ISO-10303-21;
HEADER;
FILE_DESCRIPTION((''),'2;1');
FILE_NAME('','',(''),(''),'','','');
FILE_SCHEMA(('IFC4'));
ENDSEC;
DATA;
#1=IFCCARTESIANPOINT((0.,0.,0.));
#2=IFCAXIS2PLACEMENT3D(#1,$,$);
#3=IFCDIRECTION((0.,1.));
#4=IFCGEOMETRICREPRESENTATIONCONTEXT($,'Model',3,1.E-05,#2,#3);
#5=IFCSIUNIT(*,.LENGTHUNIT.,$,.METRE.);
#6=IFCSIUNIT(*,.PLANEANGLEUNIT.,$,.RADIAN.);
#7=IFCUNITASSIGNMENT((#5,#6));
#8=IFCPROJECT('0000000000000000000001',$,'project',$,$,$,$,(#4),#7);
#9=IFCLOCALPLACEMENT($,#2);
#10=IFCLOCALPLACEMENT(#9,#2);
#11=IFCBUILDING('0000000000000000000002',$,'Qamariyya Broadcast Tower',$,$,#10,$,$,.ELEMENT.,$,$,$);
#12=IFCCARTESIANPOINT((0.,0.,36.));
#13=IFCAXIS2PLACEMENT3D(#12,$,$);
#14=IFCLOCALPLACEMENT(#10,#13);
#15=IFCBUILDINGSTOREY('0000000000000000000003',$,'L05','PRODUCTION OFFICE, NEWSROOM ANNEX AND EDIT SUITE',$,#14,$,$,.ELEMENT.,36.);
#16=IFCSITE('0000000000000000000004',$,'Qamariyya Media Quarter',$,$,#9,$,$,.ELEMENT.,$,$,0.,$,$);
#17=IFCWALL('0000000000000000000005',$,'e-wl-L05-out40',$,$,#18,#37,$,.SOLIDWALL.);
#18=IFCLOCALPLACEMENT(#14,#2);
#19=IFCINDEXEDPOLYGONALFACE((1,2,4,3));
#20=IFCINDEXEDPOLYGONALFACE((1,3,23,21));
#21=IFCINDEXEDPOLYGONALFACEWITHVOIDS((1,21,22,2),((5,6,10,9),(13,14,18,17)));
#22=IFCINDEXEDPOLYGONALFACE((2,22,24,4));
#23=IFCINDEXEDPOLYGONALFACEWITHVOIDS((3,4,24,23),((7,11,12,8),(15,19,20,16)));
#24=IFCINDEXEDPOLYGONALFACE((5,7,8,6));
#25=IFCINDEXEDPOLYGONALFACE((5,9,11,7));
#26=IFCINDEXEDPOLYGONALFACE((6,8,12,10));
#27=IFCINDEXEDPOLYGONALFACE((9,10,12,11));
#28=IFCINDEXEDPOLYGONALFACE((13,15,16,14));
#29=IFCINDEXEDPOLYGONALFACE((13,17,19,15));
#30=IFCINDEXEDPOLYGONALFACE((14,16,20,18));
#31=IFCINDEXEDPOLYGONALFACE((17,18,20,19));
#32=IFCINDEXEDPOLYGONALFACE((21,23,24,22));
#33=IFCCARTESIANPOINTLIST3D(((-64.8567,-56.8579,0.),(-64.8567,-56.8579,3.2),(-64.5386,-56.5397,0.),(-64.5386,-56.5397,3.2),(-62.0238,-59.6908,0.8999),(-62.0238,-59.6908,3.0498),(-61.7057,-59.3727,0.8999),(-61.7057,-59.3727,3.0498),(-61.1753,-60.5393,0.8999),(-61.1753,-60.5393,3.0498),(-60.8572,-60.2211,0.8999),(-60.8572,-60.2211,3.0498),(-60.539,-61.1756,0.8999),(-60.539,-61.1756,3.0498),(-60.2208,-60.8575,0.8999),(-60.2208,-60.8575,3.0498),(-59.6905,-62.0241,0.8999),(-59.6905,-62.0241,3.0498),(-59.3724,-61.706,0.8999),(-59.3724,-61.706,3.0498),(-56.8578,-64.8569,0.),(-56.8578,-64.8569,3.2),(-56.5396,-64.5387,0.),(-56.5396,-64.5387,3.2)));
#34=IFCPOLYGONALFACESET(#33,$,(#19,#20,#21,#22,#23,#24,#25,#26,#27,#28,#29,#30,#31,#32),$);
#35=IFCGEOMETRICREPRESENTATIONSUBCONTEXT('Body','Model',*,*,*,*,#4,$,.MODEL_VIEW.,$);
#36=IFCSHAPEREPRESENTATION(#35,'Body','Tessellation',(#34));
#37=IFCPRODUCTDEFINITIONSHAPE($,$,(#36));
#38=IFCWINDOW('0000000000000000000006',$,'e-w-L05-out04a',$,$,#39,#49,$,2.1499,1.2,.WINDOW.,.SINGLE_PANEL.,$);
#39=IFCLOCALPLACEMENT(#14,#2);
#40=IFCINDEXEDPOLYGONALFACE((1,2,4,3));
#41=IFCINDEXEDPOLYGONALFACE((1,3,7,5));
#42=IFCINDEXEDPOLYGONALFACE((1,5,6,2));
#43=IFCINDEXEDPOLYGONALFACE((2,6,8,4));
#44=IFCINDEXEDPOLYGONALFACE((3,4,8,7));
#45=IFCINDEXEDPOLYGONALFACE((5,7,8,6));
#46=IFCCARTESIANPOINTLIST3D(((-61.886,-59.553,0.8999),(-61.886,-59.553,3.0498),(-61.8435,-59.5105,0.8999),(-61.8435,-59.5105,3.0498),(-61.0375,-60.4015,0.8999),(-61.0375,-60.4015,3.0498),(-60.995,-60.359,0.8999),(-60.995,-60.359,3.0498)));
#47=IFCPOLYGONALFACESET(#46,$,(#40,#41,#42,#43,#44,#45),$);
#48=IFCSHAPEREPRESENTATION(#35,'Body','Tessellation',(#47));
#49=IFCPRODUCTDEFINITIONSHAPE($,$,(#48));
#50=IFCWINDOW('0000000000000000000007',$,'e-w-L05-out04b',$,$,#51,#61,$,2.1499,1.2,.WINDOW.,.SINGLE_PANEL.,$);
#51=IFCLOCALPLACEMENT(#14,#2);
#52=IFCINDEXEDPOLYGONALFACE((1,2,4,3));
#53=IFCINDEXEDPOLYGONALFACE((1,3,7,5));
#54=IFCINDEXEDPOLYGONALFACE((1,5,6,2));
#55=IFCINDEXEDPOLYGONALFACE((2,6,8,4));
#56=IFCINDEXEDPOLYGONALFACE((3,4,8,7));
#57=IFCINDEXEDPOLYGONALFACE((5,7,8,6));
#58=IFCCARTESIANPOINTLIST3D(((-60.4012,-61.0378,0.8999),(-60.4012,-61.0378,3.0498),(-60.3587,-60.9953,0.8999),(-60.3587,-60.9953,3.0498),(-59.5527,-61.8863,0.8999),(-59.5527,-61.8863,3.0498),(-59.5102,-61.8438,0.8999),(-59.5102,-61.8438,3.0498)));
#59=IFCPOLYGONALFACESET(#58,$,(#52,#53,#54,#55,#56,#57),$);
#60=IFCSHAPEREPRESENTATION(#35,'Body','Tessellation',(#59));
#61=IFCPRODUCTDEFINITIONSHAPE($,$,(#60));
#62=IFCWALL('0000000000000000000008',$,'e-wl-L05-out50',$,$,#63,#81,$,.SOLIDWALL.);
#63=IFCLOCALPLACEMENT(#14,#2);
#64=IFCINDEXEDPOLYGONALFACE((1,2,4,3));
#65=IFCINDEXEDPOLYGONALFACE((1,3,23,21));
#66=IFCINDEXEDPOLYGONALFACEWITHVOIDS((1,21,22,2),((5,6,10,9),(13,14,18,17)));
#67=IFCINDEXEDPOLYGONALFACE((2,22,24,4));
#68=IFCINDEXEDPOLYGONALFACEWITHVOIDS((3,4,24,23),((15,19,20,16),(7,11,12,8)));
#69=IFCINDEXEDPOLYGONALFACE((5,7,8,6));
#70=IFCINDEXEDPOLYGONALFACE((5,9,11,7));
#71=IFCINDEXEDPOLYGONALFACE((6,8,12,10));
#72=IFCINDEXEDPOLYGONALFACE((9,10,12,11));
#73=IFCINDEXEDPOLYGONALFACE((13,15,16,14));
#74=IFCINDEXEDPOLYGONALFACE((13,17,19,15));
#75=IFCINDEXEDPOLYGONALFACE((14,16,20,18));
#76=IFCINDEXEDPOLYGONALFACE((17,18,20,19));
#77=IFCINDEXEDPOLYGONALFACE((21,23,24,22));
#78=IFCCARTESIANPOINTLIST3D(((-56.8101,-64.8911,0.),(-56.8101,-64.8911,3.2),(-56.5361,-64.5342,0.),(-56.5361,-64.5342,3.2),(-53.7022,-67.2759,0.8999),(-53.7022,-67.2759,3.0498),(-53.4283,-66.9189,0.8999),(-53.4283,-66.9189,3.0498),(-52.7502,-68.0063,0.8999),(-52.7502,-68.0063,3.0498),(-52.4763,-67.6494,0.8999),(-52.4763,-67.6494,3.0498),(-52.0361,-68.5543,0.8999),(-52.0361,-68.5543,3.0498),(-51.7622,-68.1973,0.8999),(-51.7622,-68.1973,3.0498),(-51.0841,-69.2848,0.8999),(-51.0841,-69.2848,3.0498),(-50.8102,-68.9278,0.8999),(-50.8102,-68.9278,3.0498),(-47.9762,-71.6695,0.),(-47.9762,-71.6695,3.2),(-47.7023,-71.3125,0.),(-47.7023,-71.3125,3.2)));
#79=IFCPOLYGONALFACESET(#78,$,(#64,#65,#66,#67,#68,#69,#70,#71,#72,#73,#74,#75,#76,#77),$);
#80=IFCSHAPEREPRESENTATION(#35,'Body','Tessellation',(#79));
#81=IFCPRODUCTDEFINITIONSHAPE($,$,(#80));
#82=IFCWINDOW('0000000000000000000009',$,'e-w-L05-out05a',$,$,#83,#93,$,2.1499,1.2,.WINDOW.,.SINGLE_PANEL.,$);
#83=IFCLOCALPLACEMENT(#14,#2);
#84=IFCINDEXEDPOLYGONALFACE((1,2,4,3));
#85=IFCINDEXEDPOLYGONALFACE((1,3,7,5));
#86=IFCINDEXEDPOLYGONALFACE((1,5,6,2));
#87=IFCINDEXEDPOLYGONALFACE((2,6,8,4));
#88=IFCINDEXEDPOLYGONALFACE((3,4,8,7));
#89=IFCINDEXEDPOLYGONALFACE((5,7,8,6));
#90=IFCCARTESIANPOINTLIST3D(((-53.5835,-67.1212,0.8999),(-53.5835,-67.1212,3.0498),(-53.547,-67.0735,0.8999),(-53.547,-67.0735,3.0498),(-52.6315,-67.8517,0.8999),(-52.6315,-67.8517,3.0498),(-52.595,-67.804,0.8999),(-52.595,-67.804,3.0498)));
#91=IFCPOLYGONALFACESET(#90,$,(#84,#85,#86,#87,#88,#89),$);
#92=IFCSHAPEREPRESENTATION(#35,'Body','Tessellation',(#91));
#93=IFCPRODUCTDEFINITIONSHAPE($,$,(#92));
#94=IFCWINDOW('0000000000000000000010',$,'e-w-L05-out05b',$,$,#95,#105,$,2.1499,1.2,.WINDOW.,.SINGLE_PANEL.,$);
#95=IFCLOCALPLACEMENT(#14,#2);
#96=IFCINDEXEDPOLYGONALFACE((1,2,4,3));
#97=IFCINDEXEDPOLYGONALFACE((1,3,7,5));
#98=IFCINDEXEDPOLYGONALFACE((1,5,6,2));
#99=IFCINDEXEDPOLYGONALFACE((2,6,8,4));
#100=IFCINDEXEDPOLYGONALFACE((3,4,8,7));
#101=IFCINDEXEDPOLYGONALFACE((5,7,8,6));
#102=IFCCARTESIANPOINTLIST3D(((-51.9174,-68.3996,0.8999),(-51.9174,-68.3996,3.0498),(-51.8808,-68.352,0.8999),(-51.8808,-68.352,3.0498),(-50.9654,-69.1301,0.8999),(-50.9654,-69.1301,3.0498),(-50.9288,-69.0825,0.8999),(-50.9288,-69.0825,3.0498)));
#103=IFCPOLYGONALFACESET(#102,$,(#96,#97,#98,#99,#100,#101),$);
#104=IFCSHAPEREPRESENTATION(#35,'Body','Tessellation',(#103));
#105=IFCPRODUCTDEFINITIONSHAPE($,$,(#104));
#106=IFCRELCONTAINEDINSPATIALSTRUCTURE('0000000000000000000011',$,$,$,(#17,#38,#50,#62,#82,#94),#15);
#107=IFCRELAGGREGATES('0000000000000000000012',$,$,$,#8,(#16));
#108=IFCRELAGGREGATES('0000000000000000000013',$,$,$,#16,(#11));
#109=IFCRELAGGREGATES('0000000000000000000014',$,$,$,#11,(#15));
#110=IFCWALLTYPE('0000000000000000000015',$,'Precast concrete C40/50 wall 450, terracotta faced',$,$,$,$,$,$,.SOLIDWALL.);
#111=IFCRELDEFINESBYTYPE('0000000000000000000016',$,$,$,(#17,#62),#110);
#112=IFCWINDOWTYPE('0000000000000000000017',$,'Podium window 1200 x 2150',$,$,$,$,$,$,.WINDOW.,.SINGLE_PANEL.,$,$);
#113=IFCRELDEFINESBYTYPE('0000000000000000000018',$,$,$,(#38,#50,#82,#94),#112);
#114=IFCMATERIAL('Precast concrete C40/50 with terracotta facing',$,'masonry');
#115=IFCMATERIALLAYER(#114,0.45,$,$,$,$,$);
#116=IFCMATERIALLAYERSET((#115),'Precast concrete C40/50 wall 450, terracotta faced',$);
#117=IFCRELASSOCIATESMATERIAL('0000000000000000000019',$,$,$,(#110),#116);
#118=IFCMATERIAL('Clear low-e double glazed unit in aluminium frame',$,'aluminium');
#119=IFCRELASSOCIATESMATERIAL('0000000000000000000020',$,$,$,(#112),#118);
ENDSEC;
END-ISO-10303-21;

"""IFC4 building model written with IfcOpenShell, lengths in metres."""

from ifc_helpers import new_model, si_unit, direction, frame, frame_2d, origin, place, context, subcontext, project, spatial, rectangle, extrude, material, layer, layer_set, type_object, element, fill, save


model = new_model("IFC4")

# Units and contexts
model_context = context("Model", 3, precision=1e-05, world=origin(), true_north=direction((0.0, 1.0)))
body_context = subcontext(model_context, "Body", "Model", "MODEL_VIEW")
ifc_project = project(units=[si_unit("LENGTHUNIT", "METRE"), si_unit("PLANEANGLEUNIT", "RADIAN")], contexts=[model_context])

# Site, building, storey
site_placement = place(None, origin())
site = spatial("IfcSite", under=ifc_project, at=site_placement, Name="Qamariyya Media Quarter", CompositionType="ELEMENT", RefElevation=0.0)
building_placement = place(site_placement, origin())
building = spatial("IfcBuilding", under=site, at=building_placement, Name="Qamariyya Broadcast Tower", CompositionType="ELEMENT")
storey_placement = place(building_placement, frame((0.0, 0.0, 36.0)))
storey = spatial("IfcBuildingStorey", under=building, at=storey_placement, Name="L05", Description="PRODUCTION OFFICE, NEWSROOM ANNEX AND EDIT SUITE", CompositionType="ELEMENT", Elevation=36.0)

# Walls, openings, windows
ifc_material_1 = material(Name="Precast concrete C40/50 with terracotta facing", Category="masonry")
ifc_layer_1 = layer(ifc_material_1, 0.45)
ifc_layer_set_1 = layer_set([ifc_layer_1], Name="Precast concrete C40/50 wall 450, terracotta faced")
wall_type_1 = type_object("IfcWallType", Name="Precast concrete C40/50 wall 450, terracotta faced", PredefinedType="SOLIDWALL", material=ifc_layer_set_1)
wall_1_placement = place(storey_placement, frame((-64.6978, -56.6987, 0.0), z_axis=(0.0, 0.0, 1.0), x_axis=(0.707107, -0.707107, 0.0)))
wall_1 = element("IfcWall", 1, at=wall_1_placement, inside=storey, type_object=wall_type_1, Name="e-wl-L05-out40", PredefinedType="SOLIDWALL", context=body_context, shape_type="SweptSolid", body=[
    extrude(rectangle(XDim=11.3123, YDim=0.45, at=frame_2d((5.6562, 0.0))), origin(), (0.0, 0.0, 1.0), 3.2),
])
opening_1_placement = place(wall_1_placement, frame((4.0063, 0.0, 0.8999)))
opening_1 = element("IfcOpeningElement", 2, at=opening_1_placement, cuts=wall_1, PredefinedType="OPENING", context=body_context, shape_type="SweptSolid", body=[
    extrude(rectangle(XDim=1.2, YDim=2.1499, at=frame_2d((0.6001, 1.075))), frame((0.0, 0.2349, 0.0), z_axis=(0.0, -1.0, 0.0), x_axis=(1.0, 0.0, 0.0)), (0.0, 0.0, 1.0), 0.47),
])
opening_2_placement = place(wall_1_placement, frame((6.1062, 0.0, 0.8999)))
opening_2 = element("IfcOpeningElement", 3, at=opening_2_placement, cuts=wall_1, PredefinedType="OPENING", context=body_context, shape_type="SweptSolid", body=[
    extrude(rectangle(XDim=1.2, YDim=2.1499, at=frame_2d((0.6001, 1.075))), frame((0.0, 0.2349, 0.0), z_axis=(0.0, -1.0, 0.0), x_axis=(1.0, 0.0, 0.0)), (0.0, 0.0, 1.0), 0.47),
])
ifc_material_2 = material(Name="Clear low-e double glazed unit in aluminium frame", Category="aluminium")
window_type = type_object("IfcWindowType", Name="Podium window 1200 x 2150", PartitioningType="SINGLE_PANEL", PredefinedType="WINDOW", material=ifc_material_2)
window_1_placement = place(opening_1_placement, origin())
window_1 = element("IfcWindow", 4, at=window_1_placement, inside=storey, type_object=window_type, Name="e-w-L05-out04a", OverallHeight=2.1499, OverallWidth=1.2, PartitioningType="SINGLE_PANEL", PredefinedType="WINDOW", context=body_context, shape_type="SweptSolid", body=[
    extrude(rectangle(XDim=1.2, YDim=2.1499, at=frame_2d((0.6001, 1.075))), frame((0.0, 0.03, 0.0), z_axis=(0.0, -1.0, 0.0), x_axis=(1.0, 0.0, 0.0)), (0.0, 0.0, 1.0), 0.0601),
])
fill(opening_1, window_1)
window_2_placement = place(opening_2_placement, origin())
window_2 = element("IfcWindow", 5, at=window_2_placement, inside=storey, type_object=window_type, Name="e-w-L05-out04b", OverallHeight=2.1499, OverallWidth=1.2, PartitioningType="SINGLE_PANEL", PredefinedType="WINDOW", context=body_context, shape_type="SweptSolid", body=[
    extrude(rectangle(XDim=1.2, YDim=2.1499, at=frame_2d((0.6001, 1.075))), frame((0.0, 0.03, 0.0), z_axis=(0.0, -1.0, 0.0), x_axis=(1.0, 0.0, 0.0)), (0.0, 0.0, 1.0), 0.0601),
])
fill(opening_2, window_2)
wall_2_placement = place(storey_placement, frame((-56.6731, -64.7126, 0.0), z_axis=(0.0, 0.0, 1.0), x_axis=(0.793355, -0.608759, 0.0)))
wall_2 = element("IfcWall", 6, at=wall_2_placement, inside=storey, type_object=wall_type_1, Name="e-wl-L05-out50", PredefinedType="SOLIDWALL", context=body_context, shape_type="SweptSolid", body=[
    extrude(rectangle(XDim=11.1348, YDim=0.45, at=frame_2d((5.5674, 0.0))), origin(), (0.0, 0.0, 1.0), 3.2),
])
opening_3_placement = place(wall_2_placement, frame((3.9172, 0.0, 0.8999)))
opening_3 = element("IfcOpeningElement", 7, at=opening_3_placement, cuts=wall_2, PredefinedType="OPENING", context=body_context, shape_type="SweptSolid", body=[
    extrude(rectangle(XDim=1.2, YDim=2.1499, at=frame_2d((0.6001, 1.075))), frame((0.0, 0.2349, 0.0), z_axis=(0.0, -1.0, 0.0), x_axis=(1.0, 0.0, 0.0)), (0.0, 0.0, 1.0), 0.47),
])
opening_4_placement = place(wall_2_placement, frame((6.0173, 0.0, 0.8999)))
opening_4 = element("IfcOpeningElement", 8, at=opening_4_placement, cuts=wall_2, PredefinedType="OPENING", context=body_context, shape_type="SweptSolid", body=[
    extrude(rectangle(XDim=1.2, YDim=2.1499, at=frame_2d((0.6001, 1.075))), frame((0.0, 0.2349, 0.0), z_axis=(0.0, -1.0, 0.0), x_axis=(1.0, 0.0, 0.0)), (0.0, 0.0, 1.0), 0.47),
])
window_3_placement = place(opening_3_placement, origin())
window_3 = element("IfcWindow", 9, at=window_3_placement, inside=storey, type_object=window_type, Name="e-w-L05-out05a", OverallHeight=2.1499, OverallWidth=1.2, PartitioningType="SINGLE_PANEL", PredefinedType="WINDOW", context=body_context, shape_type="SweptSolid", body=[
    extrude(rectangle(XDim=1.2, YDim=2.1499, at=frame_2d((0.6001, 1.075))), frame((0.0, 0.03, 0.0), z_axis=(0.0, -1.0, 0.0), x_axis=(1.0, 0.0, 0.0)), (0.0, 0.0, 1.0), 0.0601),
])
fill(opening_3, window_3)
window_4_placement = place(opening_4_placement, origin())
window_4 = element("IfcWindow", 10, at=window_4_placement, inside=storey, type_object=window_type, Name="e-w-L05-out05b", OverallHeight=2.1499, OverallWidth=1.2, PartitioningType="SINGLE_PANEL", PredefinedType="WINDOW", context=body_context, shape_type="SweptSolid", body=[
    extrude(rectangle(XDim=1.2, YDim=2.1499, at=frame_2d((0.6001, 1.075))), frame((0.0, 0.03, 0.0), z_axis=(0.0, -1.0, 0.0), x_axis=(1.0, 0.0, 0.0)), (0.0, 0.0, 1.0), 0.0601),
])
fill(opening_4, window_4)

save(model, "model.ifc")
